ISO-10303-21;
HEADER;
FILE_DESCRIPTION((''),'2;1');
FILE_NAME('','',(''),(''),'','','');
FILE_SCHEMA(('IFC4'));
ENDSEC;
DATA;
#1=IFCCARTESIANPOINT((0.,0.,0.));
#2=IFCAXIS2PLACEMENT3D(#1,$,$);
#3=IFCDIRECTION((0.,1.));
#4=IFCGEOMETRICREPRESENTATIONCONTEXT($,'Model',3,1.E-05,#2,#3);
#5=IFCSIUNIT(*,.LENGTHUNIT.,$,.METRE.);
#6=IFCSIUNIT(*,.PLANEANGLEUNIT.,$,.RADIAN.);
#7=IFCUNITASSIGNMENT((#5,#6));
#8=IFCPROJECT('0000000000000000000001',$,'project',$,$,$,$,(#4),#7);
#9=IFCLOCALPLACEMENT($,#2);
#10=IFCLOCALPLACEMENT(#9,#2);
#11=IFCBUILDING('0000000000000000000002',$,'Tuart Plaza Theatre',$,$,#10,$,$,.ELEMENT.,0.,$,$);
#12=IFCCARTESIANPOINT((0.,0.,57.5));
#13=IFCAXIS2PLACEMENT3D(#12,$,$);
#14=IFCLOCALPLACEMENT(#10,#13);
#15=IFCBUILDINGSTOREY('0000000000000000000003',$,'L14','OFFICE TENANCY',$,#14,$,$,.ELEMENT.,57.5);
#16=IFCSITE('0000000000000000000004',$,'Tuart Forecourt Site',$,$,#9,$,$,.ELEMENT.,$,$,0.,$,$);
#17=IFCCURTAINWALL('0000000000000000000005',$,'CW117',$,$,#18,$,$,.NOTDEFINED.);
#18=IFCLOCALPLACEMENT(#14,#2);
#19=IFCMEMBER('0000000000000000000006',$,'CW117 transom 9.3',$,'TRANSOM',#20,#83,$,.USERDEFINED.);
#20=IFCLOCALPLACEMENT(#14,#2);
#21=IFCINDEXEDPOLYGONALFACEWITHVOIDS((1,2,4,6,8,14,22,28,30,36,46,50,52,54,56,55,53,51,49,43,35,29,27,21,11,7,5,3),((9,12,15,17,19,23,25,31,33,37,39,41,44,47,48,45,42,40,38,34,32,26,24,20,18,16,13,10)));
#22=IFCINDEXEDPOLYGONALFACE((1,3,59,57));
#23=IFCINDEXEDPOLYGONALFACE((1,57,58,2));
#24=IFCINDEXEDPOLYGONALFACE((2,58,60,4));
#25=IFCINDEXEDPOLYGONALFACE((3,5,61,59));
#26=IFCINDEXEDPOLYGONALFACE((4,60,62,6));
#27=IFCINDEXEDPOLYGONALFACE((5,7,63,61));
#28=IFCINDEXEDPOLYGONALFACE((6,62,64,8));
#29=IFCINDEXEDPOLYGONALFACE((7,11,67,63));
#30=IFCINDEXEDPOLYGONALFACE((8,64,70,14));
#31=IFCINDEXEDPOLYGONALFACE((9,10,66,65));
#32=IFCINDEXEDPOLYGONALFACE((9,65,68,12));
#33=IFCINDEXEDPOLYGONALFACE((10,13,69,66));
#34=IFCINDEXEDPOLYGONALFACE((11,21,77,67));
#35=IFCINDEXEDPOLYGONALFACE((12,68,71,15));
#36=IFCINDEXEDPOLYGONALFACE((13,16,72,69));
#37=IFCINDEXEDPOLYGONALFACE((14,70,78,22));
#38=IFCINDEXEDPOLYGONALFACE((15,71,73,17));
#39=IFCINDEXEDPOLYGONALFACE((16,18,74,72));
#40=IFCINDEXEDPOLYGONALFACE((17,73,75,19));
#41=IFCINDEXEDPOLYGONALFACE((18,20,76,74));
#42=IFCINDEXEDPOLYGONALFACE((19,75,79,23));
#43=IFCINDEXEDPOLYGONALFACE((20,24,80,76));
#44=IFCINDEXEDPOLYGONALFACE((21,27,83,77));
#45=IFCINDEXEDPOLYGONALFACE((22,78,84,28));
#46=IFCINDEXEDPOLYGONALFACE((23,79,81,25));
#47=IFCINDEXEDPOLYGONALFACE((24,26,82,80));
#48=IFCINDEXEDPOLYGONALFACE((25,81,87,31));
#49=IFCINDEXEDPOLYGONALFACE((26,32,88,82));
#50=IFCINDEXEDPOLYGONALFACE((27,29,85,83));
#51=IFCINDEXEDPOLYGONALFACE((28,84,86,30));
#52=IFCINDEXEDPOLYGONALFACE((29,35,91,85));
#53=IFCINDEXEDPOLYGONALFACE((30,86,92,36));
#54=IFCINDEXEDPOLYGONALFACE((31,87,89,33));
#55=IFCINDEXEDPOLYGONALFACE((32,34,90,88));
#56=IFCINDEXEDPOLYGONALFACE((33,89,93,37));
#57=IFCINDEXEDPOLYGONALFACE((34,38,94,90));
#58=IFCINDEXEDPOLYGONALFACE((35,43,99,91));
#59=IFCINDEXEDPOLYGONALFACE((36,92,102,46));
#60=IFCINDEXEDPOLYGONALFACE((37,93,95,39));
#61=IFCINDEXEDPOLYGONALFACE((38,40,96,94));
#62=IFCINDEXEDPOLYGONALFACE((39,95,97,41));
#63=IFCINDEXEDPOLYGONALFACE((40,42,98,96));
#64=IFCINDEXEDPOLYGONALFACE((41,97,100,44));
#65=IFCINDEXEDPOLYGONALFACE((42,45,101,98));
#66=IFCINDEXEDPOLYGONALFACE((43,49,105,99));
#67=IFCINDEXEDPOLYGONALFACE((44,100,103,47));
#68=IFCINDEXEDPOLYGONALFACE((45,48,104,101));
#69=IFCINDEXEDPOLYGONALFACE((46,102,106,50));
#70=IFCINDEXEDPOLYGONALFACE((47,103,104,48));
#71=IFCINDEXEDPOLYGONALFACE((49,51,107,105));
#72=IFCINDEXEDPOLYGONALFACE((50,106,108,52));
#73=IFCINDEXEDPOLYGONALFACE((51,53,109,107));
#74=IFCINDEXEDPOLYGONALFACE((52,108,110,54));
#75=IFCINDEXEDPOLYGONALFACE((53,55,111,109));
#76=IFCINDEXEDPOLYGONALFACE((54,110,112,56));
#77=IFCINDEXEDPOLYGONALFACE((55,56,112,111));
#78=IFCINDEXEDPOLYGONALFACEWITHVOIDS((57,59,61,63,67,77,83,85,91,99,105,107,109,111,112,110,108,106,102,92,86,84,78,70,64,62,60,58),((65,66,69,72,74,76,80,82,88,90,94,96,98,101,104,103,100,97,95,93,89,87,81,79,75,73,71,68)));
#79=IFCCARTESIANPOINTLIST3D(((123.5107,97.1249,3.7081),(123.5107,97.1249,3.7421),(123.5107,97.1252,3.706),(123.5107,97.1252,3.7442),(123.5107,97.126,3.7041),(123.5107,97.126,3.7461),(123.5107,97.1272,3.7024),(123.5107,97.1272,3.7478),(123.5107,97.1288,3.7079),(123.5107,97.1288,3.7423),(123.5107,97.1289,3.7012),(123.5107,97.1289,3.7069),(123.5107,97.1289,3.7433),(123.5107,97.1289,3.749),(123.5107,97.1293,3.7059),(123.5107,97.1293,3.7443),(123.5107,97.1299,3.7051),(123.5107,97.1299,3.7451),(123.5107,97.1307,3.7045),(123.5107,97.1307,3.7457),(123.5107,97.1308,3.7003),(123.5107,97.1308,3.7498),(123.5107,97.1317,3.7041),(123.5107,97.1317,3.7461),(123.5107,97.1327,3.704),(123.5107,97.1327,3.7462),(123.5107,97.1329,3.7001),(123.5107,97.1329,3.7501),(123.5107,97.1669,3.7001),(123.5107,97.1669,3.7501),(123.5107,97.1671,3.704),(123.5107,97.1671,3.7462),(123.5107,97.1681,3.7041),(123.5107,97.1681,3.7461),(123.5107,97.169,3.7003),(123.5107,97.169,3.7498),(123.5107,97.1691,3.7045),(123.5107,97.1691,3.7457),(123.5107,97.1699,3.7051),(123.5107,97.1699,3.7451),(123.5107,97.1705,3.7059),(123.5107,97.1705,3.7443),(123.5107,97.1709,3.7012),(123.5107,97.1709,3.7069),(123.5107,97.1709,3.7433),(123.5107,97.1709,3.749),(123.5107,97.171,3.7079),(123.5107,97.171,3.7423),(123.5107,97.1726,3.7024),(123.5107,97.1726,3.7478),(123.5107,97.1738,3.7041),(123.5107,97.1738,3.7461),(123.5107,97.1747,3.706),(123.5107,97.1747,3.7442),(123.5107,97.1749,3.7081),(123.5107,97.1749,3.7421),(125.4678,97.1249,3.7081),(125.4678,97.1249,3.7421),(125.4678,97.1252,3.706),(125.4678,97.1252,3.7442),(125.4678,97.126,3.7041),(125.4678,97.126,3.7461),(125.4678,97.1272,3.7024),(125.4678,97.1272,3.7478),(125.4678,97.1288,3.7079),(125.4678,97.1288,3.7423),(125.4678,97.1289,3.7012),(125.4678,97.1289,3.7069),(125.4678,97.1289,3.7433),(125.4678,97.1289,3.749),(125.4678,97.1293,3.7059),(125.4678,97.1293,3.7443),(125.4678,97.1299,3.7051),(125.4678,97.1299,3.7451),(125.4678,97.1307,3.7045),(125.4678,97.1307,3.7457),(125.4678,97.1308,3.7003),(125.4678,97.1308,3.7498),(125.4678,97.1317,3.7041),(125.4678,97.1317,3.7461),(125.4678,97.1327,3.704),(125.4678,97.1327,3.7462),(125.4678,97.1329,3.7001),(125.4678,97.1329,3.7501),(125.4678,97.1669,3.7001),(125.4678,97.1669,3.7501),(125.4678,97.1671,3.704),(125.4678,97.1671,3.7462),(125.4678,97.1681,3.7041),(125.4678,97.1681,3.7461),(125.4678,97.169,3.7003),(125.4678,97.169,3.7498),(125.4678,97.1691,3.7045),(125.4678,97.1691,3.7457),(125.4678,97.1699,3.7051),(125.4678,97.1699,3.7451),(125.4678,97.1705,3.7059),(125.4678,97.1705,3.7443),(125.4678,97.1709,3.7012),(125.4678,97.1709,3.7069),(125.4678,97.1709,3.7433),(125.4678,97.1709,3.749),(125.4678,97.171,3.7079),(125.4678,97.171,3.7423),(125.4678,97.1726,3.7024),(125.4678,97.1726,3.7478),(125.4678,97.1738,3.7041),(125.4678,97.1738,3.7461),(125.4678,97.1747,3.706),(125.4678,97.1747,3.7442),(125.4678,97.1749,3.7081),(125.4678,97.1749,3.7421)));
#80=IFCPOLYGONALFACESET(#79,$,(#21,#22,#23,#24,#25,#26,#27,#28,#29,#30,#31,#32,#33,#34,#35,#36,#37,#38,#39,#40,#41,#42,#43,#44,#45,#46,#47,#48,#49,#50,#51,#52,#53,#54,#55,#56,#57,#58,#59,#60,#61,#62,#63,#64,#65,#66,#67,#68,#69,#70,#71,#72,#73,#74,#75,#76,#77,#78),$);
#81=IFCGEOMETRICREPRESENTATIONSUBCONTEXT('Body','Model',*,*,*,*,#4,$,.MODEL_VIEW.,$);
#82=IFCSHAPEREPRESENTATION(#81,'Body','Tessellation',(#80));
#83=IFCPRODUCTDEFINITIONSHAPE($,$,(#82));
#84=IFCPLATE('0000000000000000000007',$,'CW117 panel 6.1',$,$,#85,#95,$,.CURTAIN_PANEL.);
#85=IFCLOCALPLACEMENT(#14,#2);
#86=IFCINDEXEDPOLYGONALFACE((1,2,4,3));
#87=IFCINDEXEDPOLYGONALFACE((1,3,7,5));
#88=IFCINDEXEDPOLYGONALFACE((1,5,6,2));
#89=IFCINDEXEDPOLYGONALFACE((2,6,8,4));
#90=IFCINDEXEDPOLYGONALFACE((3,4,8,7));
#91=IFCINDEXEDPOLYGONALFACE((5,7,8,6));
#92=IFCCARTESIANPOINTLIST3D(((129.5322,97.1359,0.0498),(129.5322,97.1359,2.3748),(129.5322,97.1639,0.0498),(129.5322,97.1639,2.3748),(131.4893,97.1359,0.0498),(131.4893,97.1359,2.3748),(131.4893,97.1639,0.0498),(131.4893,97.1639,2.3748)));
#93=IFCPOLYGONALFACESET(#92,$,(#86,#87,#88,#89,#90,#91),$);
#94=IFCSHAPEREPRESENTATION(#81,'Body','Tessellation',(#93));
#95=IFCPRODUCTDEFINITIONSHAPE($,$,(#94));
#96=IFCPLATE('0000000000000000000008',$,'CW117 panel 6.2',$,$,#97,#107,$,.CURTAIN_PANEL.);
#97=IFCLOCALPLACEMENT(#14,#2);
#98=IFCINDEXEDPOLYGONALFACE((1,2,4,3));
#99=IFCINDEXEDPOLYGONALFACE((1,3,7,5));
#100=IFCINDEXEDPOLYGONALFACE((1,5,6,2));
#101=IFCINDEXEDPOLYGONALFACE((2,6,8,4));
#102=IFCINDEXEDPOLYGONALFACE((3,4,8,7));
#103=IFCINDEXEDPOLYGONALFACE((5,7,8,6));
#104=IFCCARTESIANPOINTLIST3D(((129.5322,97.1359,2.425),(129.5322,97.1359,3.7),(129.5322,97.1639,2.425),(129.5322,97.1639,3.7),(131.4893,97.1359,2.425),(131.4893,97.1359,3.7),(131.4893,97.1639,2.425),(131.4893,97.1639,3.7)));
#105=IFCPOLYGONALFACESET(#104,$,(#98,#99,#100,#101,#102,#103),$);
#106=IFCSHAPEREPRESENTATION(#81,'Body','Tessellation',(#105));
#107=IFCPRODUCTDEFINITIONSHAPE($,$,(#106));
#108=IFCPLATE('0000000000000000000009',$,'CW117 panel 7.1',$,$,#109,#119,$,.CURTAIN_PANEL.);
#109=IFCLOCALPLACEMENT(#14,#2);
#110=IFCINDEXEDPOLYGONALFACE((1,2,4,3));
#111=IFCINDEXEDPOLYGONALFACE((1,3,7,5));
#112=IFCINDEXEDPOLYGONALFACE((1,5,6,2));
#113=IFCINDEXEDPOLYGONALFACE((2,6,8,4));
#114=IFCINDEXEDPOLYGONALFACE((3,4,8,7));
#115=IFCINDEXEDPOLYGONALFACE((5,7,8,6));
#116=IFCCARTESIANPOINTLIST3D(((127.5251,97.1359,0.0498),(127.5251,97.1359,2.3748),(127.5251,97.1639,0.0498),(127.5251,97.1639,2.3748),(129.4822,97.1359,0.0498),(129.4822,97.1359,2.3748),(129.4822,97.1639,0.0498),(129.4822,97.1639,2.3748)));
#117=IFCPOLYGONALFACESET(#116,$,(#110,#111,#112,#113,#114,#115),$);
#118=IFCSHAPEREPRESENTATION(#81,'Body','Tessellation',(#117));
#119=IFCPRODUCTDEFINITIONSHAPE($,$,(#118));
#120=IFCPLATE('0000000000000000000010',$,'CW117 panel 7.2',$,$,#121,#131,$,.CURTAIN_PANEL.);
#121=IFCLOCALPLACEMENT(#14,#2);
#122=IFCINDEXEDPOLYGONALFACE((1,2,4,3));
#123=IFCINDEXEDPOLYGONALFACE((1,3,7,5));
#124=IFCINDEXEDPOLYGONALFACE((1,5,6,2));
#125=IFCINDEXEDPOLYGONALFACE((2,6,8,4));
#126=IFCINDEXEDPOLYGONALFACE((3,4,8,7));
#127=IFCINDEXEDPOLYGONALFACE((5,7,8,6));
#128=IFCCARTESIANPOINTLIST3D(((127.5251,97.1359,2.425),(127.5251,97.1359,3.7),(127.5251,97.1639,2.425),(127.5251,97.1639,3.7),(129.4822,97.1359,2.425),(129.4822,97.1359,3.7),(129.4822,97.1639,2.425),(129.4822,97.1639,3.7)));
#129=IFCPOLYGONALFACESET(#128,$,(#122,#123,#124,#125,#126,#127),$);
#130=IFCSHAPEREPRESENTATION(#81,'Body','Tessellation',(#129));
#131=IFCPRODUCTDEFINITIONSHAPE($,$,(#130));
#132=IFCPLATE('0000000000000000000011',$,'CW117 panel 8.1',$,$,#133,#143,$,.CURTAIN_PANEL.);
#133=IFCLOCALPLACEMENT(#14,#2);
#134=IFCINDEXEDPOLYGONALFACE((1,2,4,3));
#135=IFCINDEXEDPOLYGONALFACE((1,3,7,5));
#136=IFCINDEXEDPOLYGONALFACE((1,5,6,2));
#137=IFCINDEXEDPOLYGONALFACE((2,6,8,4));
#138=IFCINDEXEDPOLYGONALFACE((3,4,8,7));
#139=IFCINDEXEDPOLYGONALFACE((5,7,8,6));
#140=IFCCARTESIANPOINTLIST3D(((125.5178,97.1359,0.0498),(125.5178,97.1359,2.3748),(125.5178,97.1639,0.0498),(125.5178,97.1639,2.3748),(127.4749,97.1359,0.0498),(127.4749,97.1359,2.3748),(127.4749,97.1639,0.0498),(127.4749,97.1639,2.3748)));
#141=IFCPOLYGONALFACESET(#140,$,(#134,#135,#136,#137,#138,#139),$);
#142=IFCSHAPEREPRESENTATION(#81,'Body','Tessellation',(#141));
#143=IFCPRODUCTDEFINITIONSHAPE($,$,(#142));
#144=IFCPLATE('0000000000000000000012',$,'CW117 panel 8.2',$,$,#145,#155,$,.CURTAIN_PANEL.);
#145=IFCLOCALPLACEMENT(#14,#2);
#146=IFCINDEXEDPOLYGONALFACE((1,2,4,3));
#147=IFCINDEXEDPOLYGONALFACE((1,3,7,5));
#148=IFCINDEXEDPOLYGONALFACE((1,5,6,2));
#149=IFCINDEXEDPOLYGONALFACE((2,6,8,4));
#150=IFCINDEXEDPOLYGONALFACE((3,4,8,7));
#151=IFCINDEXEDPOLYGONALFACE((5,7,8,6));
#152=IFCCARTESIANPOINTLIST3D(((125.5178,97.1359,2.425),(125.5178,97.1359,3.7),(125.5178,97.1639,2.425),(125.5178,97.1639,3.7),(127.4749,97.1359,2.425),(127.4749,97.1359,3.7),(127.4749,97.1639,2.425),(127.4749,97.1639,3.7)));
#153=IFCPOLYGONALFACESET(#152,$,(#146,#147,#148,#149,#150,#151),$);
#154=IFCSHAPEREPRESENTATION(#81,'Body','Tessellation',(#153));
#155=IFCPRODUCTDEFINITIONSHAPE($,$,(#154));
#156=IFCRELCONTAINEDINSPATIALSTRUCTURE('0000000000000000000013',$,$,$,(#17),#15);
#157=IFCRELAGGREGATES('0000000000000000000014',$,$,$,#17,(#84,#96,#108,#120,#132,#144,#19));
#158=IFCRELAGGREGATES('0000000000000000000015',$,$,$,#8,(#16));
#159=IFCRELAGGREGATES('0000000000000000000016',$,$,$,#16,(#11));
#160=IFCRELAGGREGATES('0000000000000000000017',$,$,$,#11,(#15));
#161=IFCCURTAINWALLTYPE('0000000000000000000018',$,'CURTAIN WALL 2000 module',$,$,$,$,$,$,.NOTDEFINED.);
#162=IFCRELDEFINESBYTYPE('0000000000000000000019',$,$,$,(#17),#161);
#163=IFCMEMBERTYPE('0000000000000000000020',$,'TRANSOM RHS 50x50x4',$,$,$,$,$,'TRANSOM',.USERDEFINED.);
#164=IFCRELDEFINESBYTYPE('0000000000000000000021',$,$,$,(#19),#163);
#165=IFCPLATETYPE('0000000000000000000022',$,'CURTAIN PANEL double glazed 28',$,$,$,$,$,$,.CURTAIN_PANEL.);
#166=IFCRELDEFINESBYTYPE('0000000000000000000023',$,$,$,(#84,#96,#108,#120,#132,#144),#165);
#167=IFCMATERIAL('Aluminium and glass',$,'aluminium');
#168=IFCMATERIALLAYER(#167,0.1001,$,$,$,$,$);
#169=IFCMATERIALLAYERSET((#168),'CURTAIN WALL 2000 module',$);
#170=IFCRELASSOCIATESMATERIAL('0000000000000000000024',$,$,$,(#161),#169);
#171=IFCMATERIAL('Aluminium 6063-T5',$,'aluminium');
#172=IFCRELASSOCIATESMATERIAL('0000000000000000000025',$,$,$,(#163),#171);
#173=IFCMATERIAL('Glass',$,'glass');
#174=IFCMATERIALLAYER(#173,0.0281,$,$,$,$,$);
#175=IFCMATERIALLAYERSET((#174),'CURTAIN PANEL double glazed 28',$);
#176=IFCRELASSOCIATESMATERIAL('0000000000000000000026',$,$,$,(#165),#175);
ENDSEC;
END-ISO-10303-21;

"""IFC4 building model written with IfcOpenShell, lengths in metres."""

from ifc_helpers import new_model, si_unit, direction, frame, origin, origin_2d, place, context, subcontext, project, spatial, rectangle, hollow_rectangle, extrude, material, layer, layer_set, material_profile, profile_set, type_object, element, aggregate, save


model = new_model("IFC4")

# Units and contexts
model_context = context("Model", 3, precision=1e-05, world=origin(), true_north=direction((0.0, 1.0)))
body_context = subcontext(model_context, "Body", "Model", "MODEL_VIEW")
ifc_project = project(units=[si_unit("LENGTHUNIT", "METRE"), si_unit("PLANEANGLEUNIT", "RADIAN")], contexts=[model_context])

# Site, building, storey
site_placement = place(None, origin())
site = spatial("IfcSite", under=ifc_project, at=site_placement, Name="Tuart Forecourt Site", CompositionType="ELEMENT", RefElevation=0.0)
building_placement = place(site_placement, origin())
building = spatial("IfcBuilding", under=site, at=building_placement, Name="Tuart Plaza Theatre", CompositionType="ELEMENT", ElevationOfRefHeight=0.0)
storey_placement = place(building_placement, frame((0.0, 0.0, 57.5)))
storey = spatial("IfcBuildingStorey", under=building, at=storey_placement, Name="L14", Description="OFFICE TENANCY", CompositionType="ELEMENT", Elevation=57.5)

# Curtain wall, member, plates
ifc_material_1 = material(Name="Aluminium and glass", Category="aluminium")
ifc_layer_1 = layer(ifc_material_1, 0.1001)
ifc_layer_set_1 = layer_set([ifc_layer_1], Name="CURTAIN WALL 2000 module")
curtain_wall_type = type_object("IfcCurtainWallType", Name="CURTAIN WALL 2000 module", PredefinedType="NOTDEFINED", material=ifc_layer_set_1)
curtain_wall_placement = place(storey_placement, origin())
curtain_wall = element("IfcCurtainWall", 1, at=curtain_wall_placement, inside=storey, type_object=curtain_wall_type, Name="CW117", PredefinedType="NOTDEFINED")
ifc_material_2 = material(Name="Aluminium 6063-T5", Category="aluminium")
ifc_material_profile_1 = material_profile(ifc_material_2, hollow_rectangle(XDim=0.05, YDim=0.05, WallThickness=0.0039, InnerFilletRadius=0.0039, OuterFilletRadius=0.0081, at=origin_2d()), Name="RHS 50x50x4")
ifc_profile_set_1 = profile_set([ifc_material_profile_1], Name="Aluminium 6063-T5")
member_type_1 = type_object("IfcMemberType", Name="TRANSOM RHS 50x50x4", ElementType="TRANSOM", PredefinedType="USERDEFINED", material=ifc_profile_set_1)
member_1_placement = place(storey_placement, frame((125.4678, 97.1499, 3.7251), z_axis=(-1.0, 0.0, 0.0), x_axis=(0.0, -1.0, 0.0)))
member_1 = element("IfcMember", 2, at=member_1_placement, type_object=member_type_1, Name="CW117 transom 9.3", ObjectType="TRANSOM", PredefinedType="USERDEFINED", context=body_context, shape_type="SweptSolid", body=[
    extrude(hollow_rectangle(XDim=0.05, YDim=0.05, WallThickness=0.0039, InnerFilletRadius=0.0039, OuterFilletRadius=0.0081, at=origin_2d()), origin(), (0.0, 0.0, 1.0), 1.957),
])
ifc_material_3 = material(Name="Glass", Category="glass")
ifc_layer_2 = layer(ifc_material_3, 0.0281)
ifc_layer_set_2 = layer_set([ifc_layer_2], Name="CURTAIN PANEL double glazed 28")
plate_type = type_object("IfcPlateType", Name="CURTAIN PANEL double glazed 28", PredefinedType="CURTAIN_PANEL", material=ifc_layer_set_2)
plate_1_placement = place(storey_placement, frame((130.5107, 97.1499, 0.0498), z_axis=(0.0, 0.0, 1.0), x_axis=(-1.0, 0.0, 0.0)))
plate_1 = element("IfcPlate", 3, at=plate_1_placement, type_object=plate_type, Name="CW117 panel 6.1", PredefinedType="CURTAIN_PANEL", context=body_context, shape_type="SweptSolid", body=[
    extrude(rectangle(XDim=1.957, YDim=0.0281, at=origin_2d()), origin(), (0.0, 0.0, 1.0), 2.325),
])
plate_2_placement = place(storey_placement, frame((130.5107, 97.1499, 2.425), z_axis=(0.0, 0.0, 1.0), x_axis=(-1.0, 0.0, 0.0)))
plate_2 = element("IfcPlate", 4, at=plate_2_placement, type_object=plate_type, Name="CW117 panel 6.2", PredefinedType="CURTAIN_PANEL", context=body_context, shape_type="SweptSolid", body=[
    extrude(rectangle(XDim=1.957, YDim=0.0281, at=origin_2d()), origin(), (0.0, 0.0, 1.0), 1.2749),
])
plate_3_placement = place(storey_placement, frame((128.5037, 97.1499, 0.0498), z_axis=(0.0, 0.0, 1.0), x_axis=(-1.0, 0.0, 0.0)))
plate_3 = element("IfcPlate", 5, at=plate_3_placement, type_object=plate_type, Name="CW117 panel 7.1", PredefinedType="CURTAIN_PANEL", context=body_context, shape_type="SweptSolid", body=[
    extrude(rectangle(XDim=1.957, YDim=0.0281, at=origin_2d()), origin(), (0.0, 0.0, 1.0), 2.325),
])
plate_4_placement = place(storey_placement, frame((128.5037, 97.1499, 2.425), z_axis=(0.0, 0.0, 1.0), x_axis=(-1.0, 0.0, 0.0)))
plate_4 = element("IfcPlate", 6, at=plate_4_placement, type_object=plate_type, Name="CW117 panel 7.2", PredefinedType="CURTAIN_PANEL", context=body_context, shape_type="SweptSolid", body=[
    extrude(rectangle(XDim=1.957, YDim=0.0281, at=origin_2d()), origin(), (0.0, 0.0, 1.0), 1.2749),
])
plate_5_placement = place(storey_placement, frame((126.4963, 97.1499, 0.0498), z_axis=(0.0, 0.0, 1.0), x_axis=(-1.0, 0.0, 0.0)))
plate_5 = element("IfcPlate", 7, at=plate_5_placement, type_object=plate_type, Name="CW117 panel 8.1", PredefinedType="CURTAIN_PANEL", context=body_context, shape_type="SweptSolid", body=[
    extrude(rectangle(XDim=1.957, YDim=0.0281, at=origin_2d()), origin(), (0.0, 0.0, 1.0), 2.325),
])
plate_6_placement = place(storey_placement, frame((126.4963, 97.1499, 2.425), z_axis=(0.0, 0.0, 1.0), x_axis=(-1.0, 0.0, 0.0)))
plate_6 = element("IfcPlate", 8, at=plate_6_placement, type_object=plate_type, Name="CW117 panel 8.2", PredefinedType="CURTAIN_PANEL", context=body_context, shape_type="SweptSolid", body=[
    extrude(rectangle(XDim=1.957, YDim=0.0281, at=origin_2d()), origin(), (0.0, 0.0, 1.0), 1.2749),
])
aggregate(curtain_wall, [plate_1, plate_2, plate_3, plate_4, plate_5, plate_6, member_1])

save(model, "model.ifc")
